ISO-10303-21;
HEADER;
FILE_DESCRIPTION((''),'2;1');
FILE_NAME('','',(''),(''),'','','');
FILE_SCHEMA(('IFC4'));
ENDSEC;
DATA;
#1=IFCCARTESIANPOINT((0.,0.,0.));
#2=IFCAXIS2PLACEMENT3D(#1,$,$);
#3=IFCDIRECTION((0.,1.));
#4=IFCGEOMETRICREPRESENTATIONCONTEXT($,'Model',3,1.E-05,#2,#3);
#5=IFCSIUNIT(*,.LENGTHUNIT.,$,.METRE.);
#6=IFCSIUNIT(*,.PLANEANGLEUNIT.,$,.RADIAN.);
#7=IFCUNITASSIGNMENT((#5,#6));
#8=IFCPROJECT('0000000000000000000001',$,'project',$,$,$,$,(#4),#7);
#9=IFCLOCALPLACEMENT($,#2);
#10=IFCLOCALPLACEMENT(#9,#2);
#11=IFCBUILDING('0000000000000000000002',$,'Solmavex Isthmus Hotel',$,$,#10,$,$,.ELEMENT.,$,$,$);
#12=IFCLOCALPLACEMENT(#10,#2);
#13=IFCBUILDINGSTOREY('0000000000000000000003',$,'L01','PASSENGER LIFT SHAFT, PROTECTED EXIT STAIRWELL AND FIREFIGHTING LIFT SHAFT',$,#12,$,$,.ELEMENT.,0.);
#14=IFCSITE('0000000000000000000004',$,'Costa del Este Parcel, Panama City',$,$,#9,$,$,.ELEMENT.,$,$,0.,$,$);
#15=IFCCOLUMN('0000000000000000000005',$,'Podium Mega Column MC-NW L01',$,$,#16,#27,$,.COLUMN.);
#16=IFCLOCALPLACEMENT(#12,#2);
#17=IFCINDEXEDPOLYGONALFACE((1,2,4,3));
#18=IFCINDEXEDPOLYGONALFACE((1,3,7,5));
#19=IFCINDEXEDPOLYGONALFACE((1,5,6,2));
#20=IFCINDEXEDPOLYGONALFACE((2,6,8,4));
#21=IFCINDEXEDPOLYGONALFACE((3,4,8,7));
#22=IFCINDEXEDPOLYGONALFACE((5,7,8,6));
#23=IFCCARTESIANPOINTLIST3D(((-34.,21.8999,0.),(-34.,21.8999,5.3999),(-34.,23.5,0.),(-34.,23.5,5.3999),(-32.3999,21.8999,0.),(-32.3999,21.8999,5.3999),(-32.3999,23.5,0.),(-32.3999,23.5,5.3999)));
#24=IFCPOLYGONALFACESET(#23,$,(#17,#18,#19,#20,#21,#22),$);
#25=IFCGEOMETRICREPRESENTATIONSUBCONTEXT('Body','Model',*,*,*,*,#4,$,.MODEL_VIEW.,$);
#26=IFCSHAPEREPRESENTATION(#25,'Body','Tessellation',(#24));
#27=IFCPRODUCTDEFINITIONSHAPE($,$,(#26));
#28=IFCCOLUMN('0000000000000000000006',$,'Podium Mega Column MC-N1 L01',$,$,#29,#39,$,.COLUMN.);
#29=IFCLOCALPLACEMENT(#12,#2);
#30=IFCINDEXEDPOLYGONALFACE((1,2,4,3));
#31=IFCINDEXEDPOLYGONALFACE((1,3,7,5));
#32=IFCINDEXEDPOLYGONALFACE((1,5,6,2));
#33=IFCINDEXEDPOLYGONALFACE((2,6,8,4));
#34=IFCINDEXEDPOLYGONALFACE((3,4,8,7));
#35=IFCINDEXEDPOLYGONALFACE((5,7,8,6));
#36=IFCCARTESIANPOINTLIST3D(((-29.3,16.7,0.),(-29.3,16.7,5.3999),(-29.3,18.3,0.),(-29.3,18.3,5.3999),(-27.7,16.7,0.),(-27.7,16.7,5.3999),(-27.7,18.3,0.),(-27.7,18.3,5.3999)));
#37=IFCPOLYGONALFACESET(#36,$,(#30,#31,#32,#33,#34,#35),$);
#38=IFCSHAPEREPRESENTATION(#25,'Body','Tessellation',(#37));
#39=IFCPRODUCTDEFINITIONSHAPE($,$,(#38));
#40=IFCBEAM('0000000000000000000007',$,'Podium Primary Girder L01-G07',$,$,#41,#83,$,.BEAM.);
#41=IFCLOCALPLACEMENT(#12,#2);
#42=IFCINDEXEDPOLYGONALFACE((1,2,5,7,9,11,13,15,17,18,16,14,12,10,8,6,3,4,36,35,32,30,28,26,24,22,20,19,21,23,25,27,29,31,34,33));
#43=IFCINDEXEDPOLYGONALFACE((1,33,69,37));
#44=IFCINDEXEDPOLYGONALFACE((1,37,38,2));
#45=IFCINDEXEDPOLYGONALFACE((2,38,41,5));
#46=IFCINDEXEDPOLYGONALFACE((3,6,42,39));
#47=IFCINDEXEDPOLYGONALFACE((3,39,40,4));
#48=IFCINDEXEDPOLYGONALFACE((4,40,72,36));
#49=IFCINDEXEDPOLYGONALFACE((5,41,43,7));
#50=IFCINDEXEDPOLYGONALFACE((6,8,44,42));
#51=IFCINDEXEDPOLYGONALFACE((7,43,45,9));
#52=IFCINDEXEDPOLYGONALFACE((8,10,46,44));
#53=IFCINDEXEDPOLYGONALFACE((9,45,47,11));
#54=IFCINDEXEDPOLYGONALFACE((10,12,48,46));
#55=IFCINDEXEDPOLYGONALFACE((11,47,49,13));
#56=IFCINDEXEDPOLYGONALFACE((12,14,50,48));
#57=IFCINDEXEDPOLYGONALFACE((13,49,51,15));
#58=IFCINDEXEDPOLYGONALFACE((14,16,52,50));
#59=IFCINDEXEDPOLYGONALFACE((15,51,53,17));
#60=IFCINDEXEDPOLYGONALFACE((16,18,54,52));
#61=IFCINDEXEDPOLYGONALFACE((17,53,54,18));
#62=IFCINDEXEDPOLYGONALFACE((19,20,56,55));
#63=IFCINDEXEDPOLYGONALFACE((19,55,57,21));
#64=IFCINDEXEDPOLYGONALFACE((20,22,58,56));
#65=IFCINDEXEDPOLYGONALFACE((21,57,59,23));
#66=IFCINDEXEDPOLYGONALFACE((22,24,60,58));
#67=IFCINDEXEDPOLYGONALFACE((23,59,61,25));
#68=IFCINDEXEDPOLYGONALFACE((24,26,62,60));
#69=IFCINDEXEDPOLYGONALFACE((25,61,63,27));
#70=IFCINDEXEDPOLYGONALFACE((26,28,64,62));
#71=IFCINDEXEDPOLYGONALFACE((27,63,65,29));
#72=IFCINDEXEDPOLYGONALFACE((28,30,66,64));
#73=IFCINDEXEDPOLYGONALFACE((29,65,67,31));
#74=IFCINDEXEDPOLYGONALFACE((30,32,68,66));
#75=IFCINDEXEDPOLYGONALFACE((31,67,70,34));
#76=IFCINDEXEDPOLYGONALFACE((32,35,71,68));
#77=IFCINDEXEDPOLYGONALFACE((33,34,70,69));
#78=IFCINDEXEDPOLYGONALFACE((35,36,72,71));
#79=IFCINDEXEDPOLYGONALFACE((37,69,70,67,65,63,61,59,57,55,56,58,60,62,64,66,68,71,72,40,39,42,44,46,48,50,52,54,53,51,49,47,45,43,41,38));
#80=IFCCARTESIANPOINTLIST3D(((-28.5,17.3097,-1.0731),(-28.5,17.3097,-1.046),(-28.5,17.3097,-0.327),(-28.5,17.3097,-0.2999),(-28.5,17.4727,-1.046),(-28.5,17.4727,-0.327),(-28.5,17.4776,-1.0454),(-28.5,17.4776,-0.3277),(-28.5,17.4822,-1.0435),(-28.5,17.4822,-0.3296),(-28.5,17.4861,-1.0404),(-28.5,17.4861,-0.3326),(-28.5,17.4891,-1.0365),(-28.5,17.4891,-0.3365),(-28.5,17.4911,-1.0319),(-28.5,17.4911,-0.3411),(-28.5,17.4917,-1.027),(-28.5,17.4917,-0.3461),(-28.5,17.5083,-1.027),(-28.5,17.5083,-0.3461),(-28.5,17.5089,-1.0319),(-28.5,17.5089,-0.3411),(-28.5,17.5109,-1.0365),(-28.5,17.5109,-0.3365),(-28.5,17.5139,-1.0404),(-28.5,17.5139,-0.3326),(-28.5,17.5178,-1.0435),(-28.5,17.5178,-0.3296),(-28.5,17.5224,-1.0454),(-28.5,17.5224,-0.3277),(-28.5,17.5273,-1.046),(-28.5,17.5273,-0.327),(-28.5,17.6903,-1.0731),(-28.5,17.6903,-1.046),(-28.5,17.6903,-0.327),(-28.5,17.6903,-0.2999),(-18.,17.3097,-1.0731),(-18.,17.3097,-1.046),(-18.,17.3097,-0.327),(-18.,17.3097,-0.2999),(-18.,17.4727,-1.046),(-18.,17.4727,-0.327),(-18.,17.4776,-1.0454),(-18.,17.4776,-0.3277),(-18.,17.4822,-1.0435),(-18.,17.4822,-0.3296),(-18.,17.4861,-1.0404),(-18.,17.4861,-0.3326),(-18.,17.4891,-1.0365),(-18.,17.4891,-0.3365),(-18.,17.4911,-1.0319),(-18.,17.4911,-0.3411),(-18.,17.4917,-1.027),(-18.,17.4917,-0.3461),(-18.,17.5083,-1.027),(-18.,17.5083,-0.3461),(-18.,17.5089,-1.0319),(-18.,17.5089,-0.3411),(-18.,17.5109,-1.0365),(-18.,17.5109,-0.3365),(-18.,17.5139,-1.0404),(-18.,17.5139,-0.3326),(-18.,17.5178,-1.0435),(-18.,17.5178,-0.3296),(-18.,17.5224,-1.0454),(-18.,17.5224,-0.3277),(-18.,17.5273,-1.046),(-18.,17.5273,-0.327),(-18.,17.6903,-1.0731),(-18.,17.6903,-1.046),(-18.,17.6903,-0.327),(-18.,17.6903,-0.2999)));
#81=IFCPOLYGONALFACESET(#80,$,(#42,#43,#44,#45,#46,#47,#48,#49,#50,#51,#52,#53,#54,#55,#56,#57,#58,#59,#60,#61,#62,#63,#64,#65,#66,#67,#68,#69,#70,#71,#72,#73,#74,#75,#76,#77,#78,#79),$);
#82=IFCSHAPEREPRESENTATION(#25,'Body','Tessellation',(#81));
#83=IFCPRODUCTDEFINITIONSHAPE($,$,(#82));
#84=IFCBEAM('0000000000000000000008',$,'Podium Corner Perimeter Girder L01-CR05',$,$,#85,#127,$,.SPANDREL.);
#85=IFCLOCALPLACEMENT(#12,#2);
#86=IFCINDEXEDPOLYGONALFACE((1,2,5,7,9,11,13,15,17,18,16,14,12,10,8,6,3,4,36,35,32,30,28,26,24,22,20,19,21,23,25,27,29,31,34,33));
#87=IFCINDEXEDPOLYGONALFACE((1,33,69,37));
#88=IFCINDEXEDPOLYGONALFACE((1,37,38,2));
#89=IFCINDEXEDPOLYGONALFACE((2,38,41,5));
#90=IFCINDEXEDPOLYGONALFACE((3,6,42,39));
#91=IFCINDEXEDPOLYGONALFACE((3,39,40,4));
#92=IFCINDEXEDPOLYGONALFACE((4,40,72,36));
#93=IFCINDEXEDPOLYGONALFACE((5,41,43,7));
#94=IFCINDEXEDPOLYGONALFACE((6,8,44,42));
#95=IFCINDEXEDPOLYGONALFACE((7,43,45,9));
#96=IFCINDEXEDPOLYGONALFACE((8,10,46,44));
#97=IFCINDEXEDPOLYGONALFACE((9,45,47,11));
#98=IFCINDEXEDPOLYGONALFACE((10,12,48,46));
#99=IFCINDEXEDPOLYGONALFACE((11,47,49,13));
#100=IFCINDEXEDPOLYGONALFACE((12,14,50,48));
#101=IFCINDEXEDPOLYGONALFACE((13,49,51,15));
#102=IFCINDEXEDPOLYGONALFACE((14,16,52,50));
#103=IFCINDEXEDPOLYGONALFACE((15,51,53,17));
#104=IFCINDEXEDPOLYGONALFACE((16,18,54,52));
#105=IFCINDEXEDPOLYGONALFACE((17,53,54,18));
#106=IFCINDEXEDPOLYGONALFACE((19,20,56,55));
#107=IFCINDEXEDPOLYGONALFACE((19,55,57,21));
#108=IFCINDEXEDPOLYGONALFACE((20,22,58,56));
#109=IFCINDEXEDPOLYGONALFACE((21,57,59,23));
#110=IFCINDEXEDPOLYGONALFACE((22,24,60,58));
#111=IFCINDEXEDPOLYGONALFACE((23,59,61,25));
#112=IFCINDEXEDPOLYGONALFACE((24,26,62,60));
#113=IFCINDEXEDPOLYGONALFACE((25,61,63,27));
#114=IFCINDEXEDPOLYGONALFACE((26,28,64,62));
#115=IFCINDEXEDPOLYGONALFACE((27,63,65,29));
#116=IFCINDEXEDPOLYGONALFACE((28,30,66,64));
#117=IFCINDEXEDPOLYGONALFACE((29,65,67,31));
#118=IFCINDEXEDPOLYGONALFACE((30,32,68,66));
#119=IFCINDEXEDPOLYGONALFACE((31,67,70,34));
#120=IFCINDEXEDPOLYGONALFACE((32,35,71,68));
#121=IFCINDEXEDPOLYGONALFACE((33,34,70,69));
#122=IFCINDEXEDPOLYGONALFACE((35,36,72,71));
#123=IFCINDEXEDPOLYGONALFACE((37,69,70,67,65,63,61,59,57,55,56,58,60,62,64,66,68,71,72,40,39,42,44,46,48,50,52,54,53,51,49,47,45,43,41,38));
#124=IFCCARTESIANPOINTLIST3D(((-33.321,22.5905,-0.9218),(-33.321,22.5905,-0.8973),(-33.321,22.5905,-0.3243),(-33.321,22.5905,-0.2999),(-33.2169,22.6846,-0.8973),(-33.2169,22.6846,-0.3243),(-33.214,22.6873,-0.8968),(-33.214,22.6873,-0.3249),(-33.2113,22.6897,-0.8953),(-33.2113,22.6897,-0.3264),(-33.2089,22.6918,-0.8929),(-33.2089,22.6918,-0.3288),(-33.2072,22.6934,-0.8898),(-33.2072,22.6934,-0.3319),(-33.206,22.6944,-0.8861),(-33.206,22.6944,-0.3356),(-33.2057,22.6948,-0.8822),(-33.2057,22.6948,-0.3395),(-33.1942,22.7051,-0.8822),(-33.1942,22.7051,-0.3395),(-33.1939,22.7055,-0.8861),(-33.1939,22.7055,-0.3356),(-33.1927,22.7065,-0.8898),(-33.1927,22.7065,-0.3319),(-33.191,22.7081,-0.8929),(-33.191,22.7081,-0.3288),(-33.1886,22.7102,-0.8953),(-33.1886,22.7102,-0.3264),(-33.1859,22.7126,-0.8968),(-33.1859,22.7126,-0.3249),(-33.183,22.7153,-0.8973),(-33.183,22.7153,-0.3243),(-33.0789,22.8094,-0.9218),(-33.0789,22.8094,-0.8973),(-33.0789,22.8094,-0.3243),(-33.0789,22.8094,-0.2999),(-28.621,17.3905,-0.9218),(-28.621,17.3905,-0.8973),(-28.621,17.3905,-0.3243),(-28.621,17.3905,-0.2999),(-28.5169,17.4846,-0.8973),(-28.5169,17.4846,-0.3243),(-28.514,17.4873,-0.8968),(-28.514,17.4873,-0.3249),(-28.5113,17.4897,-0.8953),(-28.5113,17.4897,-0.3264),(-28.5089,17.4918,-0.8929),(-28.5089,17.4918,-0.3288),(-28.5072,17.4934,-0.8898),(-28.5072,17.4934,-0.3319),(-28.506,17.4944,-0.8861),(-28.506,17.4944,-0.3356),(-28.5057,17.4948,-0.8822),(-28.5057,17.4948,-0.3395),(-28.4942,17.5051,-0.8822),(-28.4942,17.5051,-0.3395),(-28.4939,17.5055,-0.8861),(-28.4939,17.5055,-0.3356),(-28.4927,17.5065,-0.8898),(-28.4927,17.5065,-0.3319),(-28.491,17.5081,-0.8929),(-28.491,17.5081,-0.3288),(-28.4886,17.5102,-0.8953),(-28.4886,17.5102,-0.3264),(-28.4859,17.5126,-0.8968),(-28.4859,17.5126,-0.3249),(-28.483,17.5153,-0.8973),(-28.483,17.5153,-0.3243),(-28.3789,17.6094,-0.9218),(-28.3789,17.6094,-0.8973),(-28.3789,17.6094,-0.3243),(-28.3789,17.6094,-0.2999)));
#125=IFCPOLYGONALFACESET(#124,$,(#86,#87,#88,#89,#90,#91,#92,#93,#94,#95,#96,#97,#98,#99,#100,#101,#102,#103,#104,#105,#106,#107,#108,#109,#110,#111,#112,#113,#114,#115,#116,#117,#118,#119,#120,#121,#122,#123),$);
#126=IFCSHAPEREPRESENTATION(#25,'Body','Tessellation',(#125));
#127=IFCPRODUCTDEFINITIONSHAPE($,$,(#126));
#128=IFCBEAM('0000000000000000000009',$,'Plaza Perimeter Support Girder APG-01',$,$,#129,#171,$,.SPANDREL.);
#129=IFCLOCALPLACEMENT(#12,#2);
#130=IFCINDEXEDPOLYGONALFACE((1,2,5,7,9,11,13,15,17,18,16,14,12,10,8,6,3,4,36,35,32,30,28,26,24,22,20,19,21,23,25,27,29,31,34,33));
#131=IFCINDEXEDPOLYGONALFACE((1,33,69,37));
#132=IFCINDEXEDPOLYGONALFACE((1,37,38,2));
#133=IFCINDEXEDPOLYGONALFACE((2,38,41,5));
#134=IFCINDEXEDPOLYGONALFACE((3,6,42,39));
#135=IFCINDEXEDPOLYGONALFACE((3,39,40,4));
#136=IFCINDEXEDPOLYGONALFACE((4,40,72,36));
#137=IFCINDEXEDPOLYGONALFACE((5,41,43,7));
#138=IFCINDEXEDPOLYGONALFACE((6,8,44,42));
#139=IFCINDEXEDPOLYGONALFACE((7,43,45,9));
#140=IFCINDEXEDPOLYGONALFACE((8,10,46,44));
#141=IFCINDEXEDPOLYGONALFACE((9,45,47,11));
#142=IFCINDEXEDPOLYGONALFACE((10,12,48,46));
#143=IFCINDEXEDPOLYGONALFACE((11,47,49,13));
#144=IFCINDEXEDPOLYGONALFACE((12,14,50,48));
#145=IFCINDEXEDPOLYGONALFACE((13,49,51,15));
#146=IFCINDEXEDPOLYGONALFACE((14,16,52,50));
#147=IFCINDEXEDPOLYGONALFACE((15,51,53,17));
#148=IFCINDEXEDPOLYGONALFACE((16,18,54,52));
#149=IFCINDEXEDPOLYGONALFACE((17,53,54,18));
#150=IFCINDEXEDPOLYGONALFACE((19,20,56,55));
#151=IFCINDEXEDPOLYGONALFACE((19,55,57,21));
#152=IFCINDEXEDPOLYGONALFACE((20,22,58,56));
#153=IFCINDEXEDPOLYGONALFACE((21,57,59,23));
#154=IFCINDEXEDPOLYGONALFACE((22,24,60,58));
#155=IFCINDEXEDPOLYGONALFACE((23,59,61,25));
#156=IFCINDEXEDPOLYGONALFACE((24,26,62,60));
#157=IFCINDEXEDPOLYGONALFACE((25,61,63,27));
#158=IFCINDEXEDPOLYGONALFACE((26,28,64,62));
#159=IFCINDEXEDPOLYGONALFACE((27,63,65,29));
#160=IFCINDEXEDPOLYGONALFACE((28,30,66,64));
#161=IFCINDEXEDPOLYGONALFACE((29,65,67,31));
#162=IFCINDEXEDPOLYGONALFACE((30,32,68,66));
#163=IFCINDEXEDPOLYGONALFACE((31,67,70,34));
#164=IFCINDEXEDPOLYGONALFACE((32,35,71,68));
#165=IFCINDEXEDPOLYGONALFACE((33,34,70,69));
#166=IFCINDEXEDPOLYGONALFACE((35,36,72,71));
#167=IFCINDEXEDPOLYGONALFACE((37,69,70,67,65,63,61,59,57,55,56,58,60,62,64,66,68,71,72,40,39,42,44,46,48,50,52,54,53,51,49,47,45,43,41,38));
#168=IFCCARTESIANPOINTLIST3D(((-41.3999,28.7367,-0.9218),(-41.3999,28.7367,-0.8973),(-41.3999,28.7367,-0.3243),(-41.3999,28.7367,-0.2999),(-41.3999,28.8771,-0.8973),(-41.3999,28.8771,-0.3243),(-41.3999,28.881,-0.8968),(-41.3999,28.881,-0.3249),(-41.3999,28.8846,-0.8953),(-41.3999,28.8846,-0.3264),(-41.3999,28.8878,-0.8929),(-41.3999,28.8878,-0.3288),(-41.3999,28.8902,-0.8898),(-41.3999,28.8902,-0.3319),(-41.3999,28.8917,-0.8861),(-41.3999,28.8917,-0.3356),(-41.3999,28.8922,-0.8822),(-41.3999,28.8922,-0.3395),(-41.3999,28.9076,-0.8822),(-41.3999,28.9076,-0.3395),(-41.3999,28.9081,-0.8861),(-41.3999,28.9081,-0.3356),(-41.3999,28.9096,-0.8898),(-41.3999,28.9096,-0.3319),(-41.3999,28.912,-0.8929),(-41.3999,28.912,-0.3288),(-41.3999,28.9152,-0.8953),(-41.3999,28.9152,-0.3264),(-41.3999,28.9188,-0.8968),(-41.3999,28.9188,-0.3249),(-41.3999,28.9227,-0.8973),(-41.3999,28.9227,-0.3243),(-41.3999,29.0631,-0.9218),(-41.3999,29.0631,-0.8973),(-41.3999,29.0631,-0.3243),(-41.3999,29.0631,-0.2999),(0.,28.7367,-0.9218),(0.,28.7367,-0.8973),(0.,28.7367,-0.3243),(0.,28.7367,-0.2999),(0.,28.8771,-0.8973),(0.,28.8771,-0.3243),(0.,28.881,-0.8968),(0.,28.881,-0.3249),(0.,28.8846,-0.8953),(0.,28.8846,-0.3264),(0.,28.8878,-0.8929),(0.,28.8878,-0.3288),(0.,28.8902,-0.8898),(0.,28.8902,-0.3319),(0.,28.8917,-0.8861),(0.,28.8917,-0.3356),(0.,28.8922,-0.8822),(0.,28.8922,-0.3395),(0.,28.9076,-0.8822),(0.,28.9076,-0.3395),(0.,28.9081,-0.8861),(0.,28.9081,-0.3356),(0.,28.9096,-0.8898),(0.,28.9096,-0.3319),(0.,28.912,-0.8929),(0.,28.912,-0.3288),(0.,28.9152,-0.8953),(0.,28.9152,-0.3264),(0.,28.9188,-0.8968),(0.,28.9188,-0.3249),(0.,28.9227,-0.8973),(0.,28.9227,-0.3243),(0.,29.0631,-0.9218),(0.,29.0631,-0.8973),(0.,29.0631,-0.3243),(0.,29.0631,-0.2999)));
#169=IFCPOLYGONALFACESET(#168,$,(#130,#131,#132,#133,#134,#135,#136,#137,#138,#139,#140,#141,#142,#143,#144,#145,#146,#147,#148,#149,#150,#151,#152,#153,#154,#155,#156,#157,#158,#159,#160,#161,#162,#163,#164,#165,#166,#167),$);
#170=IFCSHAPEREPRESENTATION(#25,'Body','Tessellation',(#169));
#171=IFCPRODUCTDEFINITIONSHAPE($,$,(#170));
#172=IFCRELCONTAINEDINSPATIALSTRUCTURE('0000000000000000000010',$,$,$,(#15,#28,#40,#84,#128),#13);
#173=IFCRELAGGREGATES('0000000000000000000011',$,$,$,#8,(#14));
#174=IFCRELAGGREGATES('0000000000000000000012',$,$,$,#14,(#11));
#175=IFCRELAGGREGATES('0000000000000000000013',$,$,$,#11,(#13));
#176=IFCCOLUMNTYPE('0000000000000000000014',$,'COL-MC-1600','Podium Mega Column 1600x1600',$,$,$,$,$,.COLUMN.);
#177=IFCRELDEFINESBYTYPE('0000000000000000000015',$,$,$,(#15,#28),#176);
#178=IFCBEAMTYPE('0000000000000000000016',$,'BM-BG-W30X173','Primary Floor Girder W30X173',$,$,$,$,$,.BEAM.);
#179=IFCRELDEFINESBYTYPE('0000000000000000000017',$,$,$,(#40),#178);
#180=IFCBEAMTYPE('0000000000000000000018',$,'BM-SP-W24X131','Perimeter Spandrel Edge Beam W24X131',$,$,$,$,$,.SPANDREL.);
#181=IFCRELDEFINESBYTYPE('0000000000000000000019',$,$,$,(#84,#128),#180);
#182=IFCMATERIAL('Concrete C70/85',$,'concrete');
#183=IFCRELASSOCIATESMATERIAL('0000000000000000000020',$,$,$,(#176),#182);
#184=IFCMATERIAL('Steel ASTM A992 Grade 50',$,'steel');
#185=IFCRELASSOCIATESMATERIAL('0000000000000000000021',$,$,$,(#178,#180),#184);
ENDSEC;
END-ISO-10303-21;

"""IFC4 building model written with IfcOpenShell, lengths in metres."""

from ifc_helpers import new_model, si_unit, direction, frame, origin, origin_2d, place, context, subcontext, project, spatial, rectangle, i_section, extrude, material, material_profile, profile_set, type_object, element, save


model = new_model("IFC4")

# Units and contexts
model_context = context("Model", 3, precision=1e-05, world=origin(), true_north=direction((0.0, 1.0)))
body_context = subcontext(model_context, "Body", "Model", "MODEL_VIEW")
ifc_project = project(units=[si_unit("LENGTHUNIT", "METRE"), si_unit("PLANEANGLEUNIT", "RADIAN")], contexts=[model_context])

# Site, building, storey
site_placement = place(None, origin())
site = spatial("IfcSite", under=ifc_project, at=site_placement, Name="Costa del Este Parcel, Panama City", CompositionType="ELEMENT", RefElevation=0.0)
building_placement = place(site_placement, origin())
building = spatial("IfcBuilding", under=site, at=building_placement, Name="Solmavex Isthmus Hotel", CompositionType="ELEMENT")
storey_placement = place(building_placement, origin())
storey = spatial("IfcBuildingStorey", under=building, at=storey_placement, Name="L01", Description="PASSENGER LIFT SHAFT, PROTECTED EXIT STAIRWELL AND FIREFIGHTING LIFT SHAFT", CompositionType="ELEMENT", Elevation=0.0)

# Columns
ifc_material_1 = material(Name="Concrete C70/85", Category="concrete")
ifc_material_profile_1 = material_profile(ifc_material_1, rectangle(XDim=1.6001, YDim=1.6001, at=origin_2d()), Name="RC1600X1600")
ifc_profile_set_1 = profile_set([ifc_material_profile_1], Name="Concrete C70/85")
column_type = type_object("IfcColumnType", Name="COL-MC-1600", Description="Podium Mega Column 1600x1600", PredefinedType="COLUMN", material=ifc_profile_set_1)
for number, where, z_axis, x_axis, name in (
    (1, (-33.2, 22.7, 0.0), (0.0, 0.0, 1.0), (1.0, 0.0, 0.0), "Podium Mega Column MC-NW L01"),
    (2, (-28.5, 17.5, 0.0), (0.0, 0.0, 1.0), (1.0, 0.0, 0.0), "Podium Mega Column MC-N1 L01"),
):
    element("IfcColumn", number, at=place(storey_placement, frame(where, z_axis=z_axis, x_axis=x_axis)), inside=storey, type_object=column_type, Name=name, PredefinedType="COLUMN", context=body_context, shape_type="SweptSolid", body=[
        extrude(rectangle(XDim=1.6001, YDim=1.6001, at=origin_2d()), origin(), (0.0, 0.0, 1.0), 5.3999),
    ])

# Beams
ifc_material_2 = material(Name="Steel ASTM A992 Grade 50", Category="steel")
ifc_material_profile_2 = material_profile(ifc_material_2, i_section(OverallWidth=0.3806, OverallDepth=0.7732, WebThickness=0.0166, FlangeThickness=0.0271, FilletRadius=0.019, at=origin_2d()), Name="W30X173")
ifc_profile_set_2 = profile_set([ifc_material_profile_2], Name="Steel ASTM A992 Grade 50")
beam_type_1 = type_object("IfcBeamType", Name="BM-BG-W30X173", Description="Primary Floor Girder W30X173", PredefinedType="BEAM", material=ifc_profile_set_2)
beam_1_placement = place(storey_placement, frame((-28.5, 17.5, -0.6865), z_axis=(1.0, 0.0, 0.0), x_axis=(0.0, 1.0, 0.0)))
element("IfcBeam", 3, at=beam_1_placement, inside=storey, type_object=beam_type_1, Name="Podium Primary Girder L01-G07", PredefinedType="BEAM", context=body_context, shape_type="SweptSolid", body=[
    extrude(i_section(OverallWidth=0.3806, OverallDepth=0.7732, WebThickness=0.0166, FlangeThickness=0.0271, FilletRadius=0.019, at=origin_2d()), origin(), (0.0, 0.0, 1.0), 10.5),
])
ifc_material_profile_3 = material_profile(ifc_material_2, i_section(OverallWidth=0.3264, OverallDepth=0.6218, WebThickness=0.0154, FlangeThickness=0.0244, FilletRadius=0.0151, at=origin_2d()), Name="W24X131")
ifc_profile_set_3 = profile_set([ifc_material_profile_3], Name="Steel ASTM A992 Grade 50")
beam_type_2 = type_object("IfcBeamType", Name="BM-SP-W24X131", Description="Perimeter Spandrel Edge Beam W24X131", PredefinedType="SPANDREL", material=ifc_profile_set_3)
beam_2_placement = place(storey_placement, frame((-33.2, 22.7, -0.6108), z_axis=(0.670539, -0.741874, 0.0), x_axis=(0.741874, 0.670539, 0.0)))
element("IfcBeam", 4, at=beam_2_placement, inside=storey, type_object=beam_type_2, Name="Podium Corner Perimeter Girder L01-CR05", PredefinedType="SPANDREL", context=body_context, shape_type="SweptSolid", body=[
    extrude(i_section(OverallWidth=0.3264, OverallDepth=0.6218, WebThickness=0.0154, FlangeThickness=0.0244, FilletRadius=0.0151, at=origin_2d()), origin(), (0.0, 0.0, 1.0), 7.0093),
])
beam_3_placement = place(storey_placement, frame((-41.3999, 28.8999, -0.6108), z_axis=(1.0, 0.0, 0.0), x_axis=(0.0, 1.0, 0.0)))
element("IfcBeam", 5, at=beam_3_placement, inside=storey, type_object=beam_type_2, Name="Plaza Perimeter Support Girder APG-01", PredefinedType="SPANDREL", context=body_context, shape_type="SweptSolid", body=[
    extrude(i_section(OverallWidth=0.3264, OverallDepth=0.6218, WebThickness=0.0154, FlangeThickness=0.0244, FilletRadius=0.0151, at=origin_2d()), origin(), (0.0, 0.0, 1.0), 41.3999),
])

save(model, "model.ifc")
